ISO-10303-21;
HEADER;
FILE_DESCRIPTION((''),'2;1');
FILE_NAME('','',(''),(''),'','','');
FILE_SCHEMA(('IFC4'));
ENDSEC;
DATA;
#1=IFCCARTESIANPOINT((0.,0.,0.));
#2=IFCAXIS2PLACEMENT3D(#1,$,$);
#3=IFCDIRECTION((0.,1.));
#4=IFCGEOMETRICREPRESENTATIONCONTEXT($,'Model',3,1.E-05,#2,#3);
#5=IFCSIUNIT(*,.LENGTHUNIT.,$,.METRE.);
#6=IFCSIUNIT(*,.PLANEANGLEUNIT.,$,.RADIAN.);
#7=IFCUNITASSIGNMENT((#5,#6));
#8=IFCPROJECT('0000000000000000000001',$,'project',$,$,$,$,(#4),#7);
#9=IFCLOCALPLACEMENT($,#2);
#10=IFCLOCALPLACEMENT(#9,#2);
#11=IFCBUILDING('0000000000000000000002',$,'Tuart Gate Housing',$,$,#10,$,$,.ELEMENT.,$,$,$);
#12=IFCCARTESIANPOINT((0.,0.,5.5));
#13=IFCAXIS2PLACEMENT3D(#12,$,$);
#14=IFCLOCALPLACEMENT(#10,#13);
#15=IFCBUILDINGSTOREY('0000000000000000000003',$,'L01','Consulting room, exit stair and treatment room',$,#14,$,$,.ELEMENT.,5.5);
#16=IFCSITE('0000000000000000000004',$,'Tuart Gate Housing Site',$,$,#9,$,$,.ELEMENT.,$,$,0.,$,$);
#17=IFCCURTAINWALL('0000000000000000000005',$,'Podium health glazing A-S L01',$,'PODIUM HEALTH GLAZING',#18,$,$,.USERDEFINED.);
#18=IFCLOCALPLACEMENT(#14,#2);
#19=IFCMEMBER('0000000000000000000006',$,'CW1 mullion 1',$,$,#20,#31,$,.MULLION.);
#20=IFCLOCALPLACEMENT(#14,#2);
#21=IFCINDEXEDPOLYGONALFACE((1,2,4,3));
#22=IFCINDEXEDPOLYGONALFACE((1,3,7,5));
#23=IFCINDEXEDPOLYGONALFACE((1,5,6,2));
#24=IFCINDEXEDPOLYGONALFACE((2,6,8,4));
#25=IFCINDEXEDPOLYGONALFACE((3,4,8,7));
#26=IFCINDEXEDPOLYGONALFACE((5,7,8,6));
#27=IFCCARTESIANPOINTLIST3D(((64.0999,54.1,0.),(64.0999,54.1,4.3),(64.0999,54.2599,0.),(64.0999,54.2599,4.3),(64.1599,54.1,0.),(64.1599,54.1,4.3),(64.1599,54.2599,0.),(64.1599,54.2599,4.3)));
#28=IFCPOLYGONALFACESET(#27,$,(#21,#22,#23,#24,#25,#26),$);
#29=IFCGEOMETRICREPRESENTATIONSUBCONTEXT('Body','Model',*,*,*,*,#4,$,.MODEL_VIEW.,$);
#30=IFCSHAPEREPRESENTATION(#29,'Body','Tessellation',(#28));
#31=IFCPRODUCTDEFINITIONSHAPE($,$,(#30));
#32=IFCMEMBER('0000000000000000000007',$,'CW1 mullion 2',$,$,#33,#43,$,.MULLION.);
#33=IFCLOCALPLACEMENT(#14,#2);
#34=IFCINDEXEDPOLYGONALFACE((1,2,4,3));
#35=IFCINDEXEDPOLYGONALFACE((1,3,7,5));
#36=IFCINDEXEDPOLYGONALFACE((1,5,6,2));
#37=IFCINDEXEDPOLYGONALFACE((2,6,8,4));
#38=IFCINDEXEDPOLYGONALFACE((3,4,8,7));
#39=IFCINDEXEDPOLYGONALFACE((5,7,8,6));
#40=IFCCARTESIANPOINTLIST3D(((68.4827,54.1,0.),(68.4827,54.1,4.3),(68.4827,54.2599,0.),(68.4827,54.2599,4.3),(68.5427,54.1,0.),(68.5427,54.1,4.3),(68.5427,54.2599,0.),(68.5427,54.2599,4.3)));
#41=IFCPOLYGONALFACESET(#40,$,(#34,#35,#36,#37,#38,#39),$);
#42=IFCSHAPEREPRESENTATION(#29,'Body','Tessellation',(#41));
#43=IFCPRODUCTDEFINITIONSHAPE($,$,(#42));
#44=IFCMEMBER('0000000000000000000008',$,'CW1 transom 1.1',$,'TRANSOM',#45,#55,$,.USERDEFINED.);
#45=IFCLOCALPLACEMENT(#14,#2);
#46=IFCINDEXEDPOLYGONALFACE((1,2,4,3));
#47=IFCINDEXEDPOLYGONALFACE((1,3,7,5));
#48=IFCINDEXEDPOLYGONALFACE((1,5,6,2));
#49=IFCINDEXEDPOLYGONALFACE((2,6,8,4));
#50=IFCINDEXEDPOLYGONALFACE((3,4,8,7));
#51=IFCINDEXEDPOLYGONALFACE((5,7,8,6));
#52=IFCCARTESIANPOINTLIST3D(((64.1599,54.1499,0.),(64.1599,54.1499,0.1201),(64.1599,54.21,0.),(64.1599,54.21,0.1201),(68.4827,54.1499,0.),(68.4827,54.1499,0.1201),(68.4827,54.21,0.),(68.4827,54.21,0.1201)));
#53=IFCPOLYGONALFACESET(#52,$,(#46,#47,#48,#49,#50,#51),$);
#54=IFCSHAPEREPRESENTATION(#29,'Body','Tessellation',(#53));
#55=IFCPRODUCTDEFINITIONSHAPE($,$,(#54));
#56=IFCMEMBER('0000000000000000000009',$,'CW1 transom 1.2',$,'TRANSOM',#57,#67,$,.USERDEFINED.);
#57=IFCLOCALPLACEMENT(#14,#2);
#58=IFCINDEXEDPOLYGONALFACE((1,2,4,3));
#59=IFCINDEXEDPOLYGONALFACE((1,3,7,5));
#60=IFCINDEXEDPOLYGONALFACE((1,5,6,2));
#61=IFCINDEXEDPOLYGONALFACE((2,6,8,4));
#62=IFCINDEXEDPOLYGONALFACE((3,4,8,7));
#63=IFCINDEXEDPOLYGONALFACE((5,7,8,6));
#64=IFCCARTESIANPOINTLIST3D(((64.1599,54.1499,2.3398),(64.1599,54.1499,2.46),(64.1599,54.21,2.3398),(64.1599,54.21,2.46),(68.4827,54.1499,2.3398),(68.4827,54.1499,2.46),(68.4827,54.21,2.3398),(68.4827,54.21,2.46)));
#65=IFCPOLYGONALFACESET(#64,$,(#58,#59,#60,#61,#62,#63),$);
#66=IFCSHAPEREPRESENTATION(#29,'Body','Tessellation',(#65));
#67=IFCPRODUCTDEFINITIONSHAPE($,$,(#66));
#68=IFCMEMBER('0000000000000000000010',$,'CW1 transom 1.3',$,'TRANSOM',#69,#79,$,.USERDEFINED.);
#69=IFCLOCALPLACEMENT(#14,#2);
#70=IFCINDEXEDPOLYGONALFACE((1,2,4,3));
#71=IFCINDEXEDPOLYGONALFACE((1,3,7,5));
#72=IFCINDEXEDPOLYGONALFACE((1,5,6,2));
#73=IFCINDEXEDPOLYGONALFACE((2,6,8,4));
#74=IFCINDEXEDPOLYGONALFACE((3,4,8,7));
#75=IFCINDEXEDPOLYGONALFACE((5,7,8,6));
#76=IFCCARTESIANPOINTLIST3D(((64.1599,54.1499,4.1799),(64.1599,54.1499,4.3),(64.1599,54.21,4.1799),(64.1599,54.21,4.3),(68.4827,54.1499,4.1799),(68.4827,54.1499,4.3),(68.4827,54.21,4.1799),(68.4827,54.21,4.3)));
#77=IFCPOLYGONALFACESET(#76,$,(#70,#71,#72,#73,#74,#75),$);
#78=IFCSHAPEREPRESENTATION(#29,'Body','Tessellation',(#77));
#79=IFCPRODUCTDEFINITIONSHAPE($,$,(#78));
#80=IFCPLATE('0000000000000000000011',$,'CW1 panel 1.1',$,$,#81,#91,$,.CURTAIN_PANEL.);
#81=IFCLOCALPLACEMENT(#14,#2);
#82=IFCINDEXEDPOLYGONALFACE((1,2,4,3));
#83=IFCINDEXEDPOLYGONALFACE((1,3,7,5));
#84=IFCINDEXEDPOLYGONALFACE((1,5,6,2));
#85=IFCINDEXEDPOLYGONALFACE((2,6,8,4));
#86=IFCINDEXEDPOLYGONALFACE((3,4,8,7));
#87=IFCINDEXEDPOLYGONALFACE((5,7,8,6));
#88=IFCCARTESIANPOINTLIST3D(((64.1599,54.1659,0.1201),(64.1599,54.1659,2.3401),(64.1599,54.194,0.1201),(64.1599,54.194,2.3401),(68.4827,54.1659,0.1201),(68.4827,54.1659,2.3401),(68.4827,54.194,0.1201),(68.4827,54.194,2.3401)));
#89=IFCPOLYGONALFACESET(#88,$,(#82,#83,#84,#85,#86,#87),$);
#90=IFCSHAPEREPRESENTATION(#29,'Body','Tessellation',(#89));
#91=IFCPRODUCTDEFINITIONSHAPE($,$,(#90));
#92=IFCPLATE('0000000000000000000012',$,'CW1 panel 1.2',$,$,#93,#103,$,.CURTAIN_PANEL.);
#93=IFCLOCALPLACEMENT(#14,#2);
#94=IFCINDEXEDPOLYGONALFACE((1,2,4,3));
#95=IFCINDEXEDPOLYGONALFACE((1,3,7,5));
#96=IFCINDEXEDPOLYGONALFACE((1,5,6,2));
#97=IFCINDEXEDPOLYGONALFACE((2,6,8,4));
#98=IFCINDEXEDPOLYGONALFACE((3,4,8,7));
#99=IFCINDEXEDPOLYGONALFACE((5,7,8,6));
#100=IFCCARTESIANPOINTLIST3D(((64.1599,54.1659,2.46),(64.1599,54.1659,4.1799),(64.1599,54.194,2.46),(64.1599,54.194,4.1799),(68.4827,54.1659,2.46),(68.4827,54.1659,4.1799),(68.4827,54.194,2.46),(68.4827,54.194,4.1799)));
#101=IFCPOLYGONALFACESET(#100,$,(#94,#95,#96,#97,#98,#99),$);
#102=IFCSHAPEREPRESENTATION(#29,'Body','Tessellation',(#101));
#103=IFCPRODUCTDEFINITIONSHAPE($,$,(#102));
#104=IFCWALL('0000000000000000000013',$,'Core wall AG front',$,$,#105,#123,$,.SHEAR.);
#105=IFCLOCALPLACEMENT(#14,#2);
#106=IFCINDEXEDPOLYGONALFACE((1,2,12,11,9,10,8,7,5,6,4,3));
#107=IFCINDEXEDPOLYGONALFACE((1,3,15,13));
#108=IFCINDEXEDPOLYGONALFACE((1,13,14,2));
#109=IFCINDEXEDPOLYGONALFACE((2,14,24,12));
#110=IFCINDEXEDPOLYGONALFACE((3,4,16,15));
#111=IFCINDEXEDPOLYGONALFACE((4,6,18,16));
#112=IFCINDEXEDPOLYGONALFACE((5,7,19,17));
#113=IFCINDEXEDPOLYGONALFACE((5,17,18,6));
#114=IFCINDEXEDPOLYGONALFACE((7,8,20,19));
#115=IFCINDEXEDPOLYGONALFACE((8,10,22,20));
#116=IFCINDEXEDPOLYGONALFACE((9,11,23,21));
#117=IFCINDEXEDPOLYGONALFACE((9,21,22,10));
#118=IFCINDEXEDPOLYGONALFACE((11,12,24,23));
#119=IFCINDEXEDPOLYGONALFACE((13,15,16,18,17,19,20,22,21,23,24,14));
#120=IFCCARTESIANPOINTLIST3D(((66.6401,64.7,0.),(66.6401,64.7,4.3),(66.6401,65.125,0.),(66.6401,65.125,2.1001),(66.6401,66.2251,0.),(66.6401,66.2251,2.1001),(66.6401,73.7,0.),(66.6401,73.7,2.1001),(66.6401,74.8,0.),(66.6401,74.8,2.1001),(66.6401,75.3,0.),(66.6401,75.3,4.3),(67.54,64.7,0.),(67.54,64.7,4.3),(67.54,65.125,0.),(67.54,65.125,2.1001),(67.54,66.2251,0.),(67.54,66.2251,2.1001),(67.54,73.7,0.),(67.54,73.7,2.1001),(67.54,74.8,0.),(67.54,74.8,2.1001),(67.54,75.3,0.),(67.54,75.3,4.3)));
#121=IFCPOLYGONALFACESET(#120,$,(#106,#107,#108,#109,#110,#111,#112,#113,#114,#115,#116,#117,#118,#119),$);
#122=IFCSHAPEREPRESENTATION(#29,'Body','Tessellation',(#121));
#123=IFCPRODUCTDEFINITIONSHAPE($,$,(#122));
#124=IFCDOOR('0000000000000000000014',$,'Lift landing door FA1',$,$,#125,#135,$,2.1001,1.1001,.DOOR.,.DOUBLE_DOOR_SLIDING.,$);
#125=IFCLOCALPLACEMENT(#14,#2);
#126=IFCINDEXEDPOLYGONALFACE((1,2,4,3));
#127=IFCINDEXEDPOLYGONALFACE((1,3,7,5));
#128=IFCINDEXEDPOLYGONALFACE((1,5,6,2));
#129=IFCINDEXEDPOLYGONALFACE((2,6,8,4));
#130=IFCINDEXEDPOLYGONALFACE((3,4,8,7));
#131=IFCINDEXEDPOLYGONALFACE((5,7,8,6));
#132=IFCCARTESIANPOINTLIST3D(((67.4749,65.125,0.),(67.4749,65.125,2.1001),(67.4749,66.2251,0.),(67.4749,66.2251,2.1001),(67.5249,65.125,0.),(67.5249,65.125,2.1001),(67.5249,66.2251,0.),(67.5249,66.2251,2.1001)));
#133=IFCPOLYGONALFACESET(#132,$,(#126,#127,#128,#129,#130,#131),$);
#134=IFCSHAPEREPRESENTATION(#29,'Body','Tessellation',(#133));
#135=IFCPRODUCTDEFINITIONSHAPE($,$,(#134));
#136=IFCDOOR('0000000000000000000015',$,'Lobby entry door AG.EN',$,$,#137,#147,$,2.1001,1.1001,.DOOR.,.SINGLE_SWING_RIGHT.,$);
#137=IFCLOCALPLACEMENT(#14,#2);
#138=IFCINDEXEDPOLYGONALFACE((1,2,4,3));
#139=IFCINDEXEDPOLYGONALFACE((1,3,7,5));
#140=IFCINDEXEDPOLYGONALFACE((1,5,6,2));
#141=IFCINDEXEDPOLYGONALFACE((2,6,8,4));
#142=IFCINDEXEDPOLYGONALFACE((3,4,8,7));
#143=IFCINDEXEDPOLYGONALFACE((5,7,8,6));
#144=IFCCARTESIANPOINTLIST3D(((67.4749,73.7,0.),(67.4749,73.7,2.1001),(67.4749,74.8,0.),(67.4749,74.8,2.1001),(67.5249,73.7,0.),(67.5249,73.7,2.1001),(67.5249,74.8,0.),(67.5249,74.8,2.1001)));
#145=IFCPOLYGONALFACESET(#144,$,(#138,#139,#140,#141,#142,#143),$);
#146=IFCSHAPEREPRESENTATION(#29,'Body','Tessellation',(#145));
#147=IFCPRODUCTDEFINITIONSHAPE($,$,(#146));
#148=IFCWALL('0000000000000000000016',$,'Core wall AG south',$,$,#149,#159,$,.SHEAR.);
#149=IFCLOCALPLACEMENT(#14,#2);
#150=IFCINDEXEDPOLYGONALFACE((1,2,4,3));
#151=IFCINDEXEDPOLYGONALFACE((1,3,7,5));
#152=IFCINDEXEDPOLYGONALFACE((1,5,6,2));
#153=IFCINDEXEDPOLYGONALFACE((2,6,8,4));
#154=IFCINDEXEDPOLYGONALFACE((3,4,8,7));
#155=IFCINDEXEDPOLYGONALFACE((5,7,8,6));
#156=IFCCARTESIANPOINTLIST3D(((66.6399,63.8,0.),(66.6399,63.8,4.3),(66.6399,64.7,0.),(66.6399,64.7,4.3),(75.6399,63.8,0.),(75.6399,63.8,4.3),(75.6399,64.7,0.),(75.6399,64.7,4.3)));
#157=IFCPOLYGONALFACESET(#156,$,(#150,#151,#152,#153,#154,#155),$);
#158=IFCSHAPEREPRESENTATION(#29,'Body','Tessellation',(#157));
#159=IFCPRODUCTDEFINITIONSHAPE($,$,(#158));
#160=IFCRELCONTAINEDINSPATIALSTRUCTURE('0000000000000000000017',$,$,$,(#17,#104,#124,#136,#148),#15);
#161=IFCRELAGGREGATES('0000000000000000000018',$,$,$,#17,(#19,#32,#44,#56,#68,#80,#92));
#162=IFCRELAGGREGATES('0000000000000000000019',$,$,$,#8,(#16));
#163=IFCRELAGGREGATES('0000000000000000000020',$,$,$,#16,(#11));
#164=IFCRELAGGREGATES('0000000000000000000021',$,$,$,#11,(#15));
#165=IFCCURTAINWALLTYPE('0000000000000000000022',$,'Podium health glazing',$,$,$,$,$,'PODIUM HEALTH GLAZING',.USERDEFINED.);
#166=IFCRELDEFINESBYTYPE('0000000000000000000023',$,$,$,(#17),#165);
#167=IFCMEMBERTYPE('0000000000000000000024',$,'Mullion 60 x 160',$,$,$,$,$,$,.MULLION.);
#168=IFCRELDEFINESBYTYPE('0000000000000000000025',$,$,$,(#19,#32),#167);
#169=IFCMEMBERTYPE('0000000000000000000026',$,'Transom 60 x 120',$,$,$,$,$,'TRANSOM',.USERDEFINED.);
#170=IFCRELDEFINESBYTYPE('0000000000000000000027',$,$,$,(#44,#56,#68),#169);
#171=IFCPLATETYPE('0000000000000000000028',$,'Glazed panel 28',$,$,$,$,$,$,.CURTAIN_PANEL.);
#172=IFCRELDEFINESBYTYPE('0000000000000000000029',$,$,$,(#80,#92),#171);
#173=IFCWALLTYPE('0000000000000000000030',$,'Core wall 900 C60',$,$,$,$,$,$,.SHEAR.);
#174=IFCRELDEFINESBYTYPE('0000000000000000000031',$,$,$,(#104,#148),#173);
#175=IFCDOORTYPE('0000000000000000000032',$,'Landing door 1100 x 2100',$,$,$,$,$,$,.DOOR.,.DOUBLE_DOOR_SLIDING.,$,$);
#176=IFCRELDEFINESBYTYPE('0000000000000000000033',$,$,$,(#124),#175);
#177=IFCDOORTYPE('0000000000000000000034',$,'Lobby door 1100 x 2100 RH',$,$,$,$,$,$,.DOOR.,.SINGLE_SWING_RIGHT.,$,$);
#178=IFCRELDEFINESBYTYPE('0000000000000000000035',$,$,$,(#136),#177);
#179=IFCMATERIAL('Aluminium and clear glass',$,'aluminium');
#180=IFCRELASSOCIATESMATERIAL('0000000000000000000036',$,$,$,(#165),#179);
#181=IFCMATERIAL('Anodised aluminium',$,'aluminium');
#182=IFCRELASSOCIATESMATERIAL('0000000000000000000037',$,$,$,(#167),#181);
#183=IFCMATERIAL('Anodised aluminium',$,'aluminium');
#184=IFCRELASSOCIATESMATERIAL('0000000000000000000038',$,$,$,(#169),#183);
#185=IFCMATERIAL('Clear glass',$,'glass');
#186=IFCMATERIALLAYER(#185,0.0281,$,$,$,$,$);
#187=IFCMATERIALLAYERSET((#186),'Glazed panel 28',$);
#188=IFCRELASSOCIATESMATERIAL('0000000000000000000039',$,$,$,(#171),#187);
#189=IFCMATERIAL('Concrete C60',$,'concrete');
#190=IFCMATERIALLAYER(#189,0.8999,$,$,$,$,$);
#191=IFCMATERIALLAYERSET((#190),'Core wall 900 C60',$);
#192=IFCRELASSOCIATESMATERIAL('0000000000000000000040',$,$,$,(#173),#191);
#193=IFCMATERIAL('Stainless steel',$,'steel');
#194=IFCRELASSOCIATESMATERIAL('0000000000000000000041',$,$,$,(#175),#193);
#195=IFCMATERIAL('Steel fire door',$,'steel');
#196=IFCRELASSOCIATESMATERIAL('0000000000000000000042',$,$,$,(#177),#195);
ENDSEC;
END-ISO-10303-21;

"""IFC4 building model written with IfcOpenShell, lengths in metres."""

from ifc_helpers import new_model, si_unit, direction, frame, frame_2d, origin, origin_2d, place, context, subcontext, project, spatial, rectangle, extrude, material, layer, layer_set, material_profile, profile_set, type_object, element, fill, aggregate, save


model = new_model("IFC4")

# Units and contexts
model_context = context("Model", 3, precision=1e-05, world=origin(), true_north=direction((0.0, 1.0)))
body_context = subcontext(model_context, "Body", "Model", "MODEL_VIEW")
ifc_project = project(units=[si_unit("LENGTHUNIT", "METRE"), si_unit("PLANEANGLEUNIT", "RADIAN")], contexts=[model_context])

# Site, building, storey
site_placement = place(None, origin())
site = spatial("IfcSite", under=ifc_project, at=site_placement, Name="Tuart Gate Housing Site", CompositionType="ELEMENT", RefElevation=0.0)
building_placement = place(site_placement, origin())
building = spatial("IfcBuilding", under=site, at=building_placement, Name="Tuart Gate Housing", CompositionType="ELEMENT")
storey_placement = place(building_placement, frame((0.0, 0.0, 5.5)))
storey = spatial("IfcBuildingStorey", under=building, at=storey_placement, Name="L01", Description="Consulting room, exit stair and treatment room", CompositionType="ELEMENT", Elevation=5.5)

# Curtain wall, members, plates
ifc_material_1 = material(Name="Aluminium and clear glass", Category="aluminium")
curtain_wall_type = type_object("IfcCurtainWallType", Name="Podium health glazing", ElementType="PODIUM HEALTH GLAZING", PredefinedType="USERDEFINED", material=ifc_material_1)
curtain_wall_placement = place(storey_placement, origin())
curtain_wall = element("IfcCurtainWall", 1, at=curtain_wall_placement, inside=storey, type_object=curtain_wall_type, Name="Podium health glazing A-S L01", ObjectType="PODIUM HEALTH GLAZING", PredefinedType="USERDEFINED")
ifc_material_2 = material(Name="Anodised aluminium", Category="aluminium")
ifc_material_profile_1 = material_profile(ifc_material_2, rectangle(XDim=0.0601, YDim=0.1599, at=origin_2d()), Name="60x160")
ifc_profile_set_1 = profile_set([ifc_material_profile_1], Name="Anodised aluminium")
member_type_1 = type_object("IfcMemberType", Name="Mullion 60 x 160", PredefinedType="MULLION", material=ifc_profile_set_1)
member_1_placement = place(storey_placement, frame((64.1299, 54.1799, 0.0), z_axis=(0.0, 0.0, 1.0), x_axis=(1.0, 0.0, 0.0)))
member_1 = element("IfcMember", 2, at=member_1_placement, type_object=member_type_1, Name="CW1 mullion 1", PredefinedType="MULLION", context=body_context, shape_type="SweptSolid", body=[
    extrude(rectangle(XDim=0.0601, YDim=0.1599, at=origin_2d()), origin(), (0.0, 0.0, 1.0), 4.3),
])
member_2_placement = place(storey_placement, frame((68.5127, 54.1799, 0.0), z_axis=(0.0, 0.0, 1.0), x_axis=(1.0, 0.0, 0.0)))
member_2 = element("IfcMember", 3, at=member_2_placement, type_object=member_type_1, Name="CW1 mullion 2", PredefinedType="MULLION", context=body_context, shape_type="SweptSolid", body=[
    extrude(rectangle(XDim=0.0601, YDim=0.1599, at=origin_2d()), origin(), (0.0, 0.0, 1.0), 4.3),
])
ifc_material_3 = material(Name="Anodised aluminium", Category="aluminium")
ifc_material_profile_2 = material_profile(ifc_material_3, rectangle(XDim=0.0601, YDim=0.1201, at=origin_2d()), Name="60x120")
ifc_profile_set_2 = profile_set([ifc_material_profile_2], Name="Anodised aluminium")
member_type_2 = type_object("IfcMemberType", Name="Transom 60 x 120", ElementType="TRANSOM", PredefinedType="USERDEFINED", material=ifc_profile_set_2)
member_3_placement = place(storey_placement, frame((64.1599, 54.1799, 0.0601), z_axis=(1.0, 0.0, 0.0), x_axis=(0.0, 1.0, 0.0)))
member_3 = element("IfcMember", 4, at=member_3_placement, type_object=member_type_2, Name="CW1 transom 1.1", ObjectType="TRANSOM", PredefinedType="USERDEFINED", context=body_context, shape_type="SweptSolid", body=[
    extrude(rectangle(XDim=0.0601, YDim=0.1201, at=origin_2d()), origin(), (0.0, 0.0, 1.0), 4.3228),
])
member_4_placement = place(storey_placement, frame((64.1599, 54.1799, 2.3999), z_axis=(1.0, 0.0, 0.0), x_axis=(0.0, 1.0, 0.0)))
member_4 = element("IfcMember", 5, at=member_4_placement, type_object=member_type_2, Name="CW1 transom 1.2", ObjectType="TRANSOM", PredefinedType="USERDEFINED", context=body_context, shape_type="SweptSolid", body=[
    extrude(rectangle(XDim=0.0601, YDim=0.1201, at=origin_2d()), origin(), (0.0, 0.0, 1.0), 4.3228),
])
member_5_placement = place(storey_placement, frame((64.1599, 54.1799, 4.24), z_axis=(1.0, 0.0, 0.0), x_axis=(0.0, 1.0, 0.0)))
member_5 = element("IfcMember", 6, at=member_5_placement, type_object=member_type_2, Name="CW1 transom 1.3", ObjectType="TRANSOM", PredefinedType="USERDEFINED", context=body_context, shape_type="SweptSolid", body=[
    extrude(rectangle(XDim=0.0601, YDim=0.1201, at=origin_2d()), origin(), (0.0, 0.0, 1.0), 4.3228),
])
ifc_material_4 = material(Name="Clear glass", Category="glass")
ifc_layer_1 = layer(ifc_material_4, 0.0281)
ifc_layer_set_1 = layer_set([ifc_layer_1], Name="Glazed panel 28")
plate_type = type_object("IfcPlateType", Name="Glazed panel 28", PredefinedType="CURTAIN_PANEL", material=ifc_layer_set_1)
plate_1_placement = place(storey_placement, frame((66.3213, 54.1799, 0.1201), z_axis=(0.0, 0.0, 1.0), x_axis=(1.0, 0.0, 0.0)))
plate_1 = element("IfcPlate", 7, at=plate_1_placement, type_object=plate_type, Name="CW1 panel 1.1", PredefinedType="CURTAIN_PANEL", context=body_context, shape_type="SweptSolid", body=[
    extrude(rectangle(XDim=4.3228, YDim=0.0281, at=origin_2d()), origin(), (0.0, 0.0, 1.0), 2.22),
])
plate_2_placement = place(storey_placement, frame((66.3213, 54.1799, 2.46), z_axis=(0.0, 0.0, 1.0), x_axis=(1.0, 0.0, 0.0)))
plate_2 = element("IfcPlate", 8, at=plate_2_placement, type_object=plate_type, Name="CW1 panel 1.2", PredefinedType="CURTAIN_PANEL", context=body_context, shape_type="SweptSolid", body=[
    extrude(rectangle(XDim=4.3228, YDim=0.0281, at=origin_2d()), origin(), (0.0, 0.0, 1.0), 1.72),
])
aggregate(curtain_wall, [member_1, member_2, member_3, member_4, member_5, plate_1, plate_2])

# Wall, openings, doors
ifc_material_5 = material(Name="Concrete C60", Category="concrete")
ifc_layer_2 = layer(ifc_material_5, 0.8999)
ifc_layer_set_2 = layer_set([ifc_layer_2], Name="Core wall 900 C60")
wall_type_1 = type_object("IfcWallType", Name="Core wall 900 C60", PredefinedType="SHEAR", material=ifc_layer_set_2)
wall_1_placement = place(storey_placement, frame((67.0901, 64.7, 0.0), z_axis=(0.0, 0.0, 1.0), x_axis=(0.0, 1.0, 0.0)))
wall_1 = element("IfcWall", 9, at=wall_1_placement, inside=storey, type_object=wall_type_1, Name="Core wall AG front", PredefinedType="SHEAR", context=body_context, shape_type="SweptSolid", body=[
    extrude(rectangle(XDim=10.6001, YDim=0.8999, at=frame_2d((5.3, 0.0))), origin(), (0.0, 0.0, 1.0), 4.3),
])
opening_1_placement = place(wall_1_placement, frame((0.425, 0.0, 0.0)))
opening_1 = element("IfcOpeningElement", 10, at=opening_1_placement, cuts=wall_1, PredefinedType="OPENING", context=body_context, shape_type="SweptSolid", body=[
    extrude(rectangle(XDim=1.1001, YDim=2.1001, at=frame_2d((0.55, 1.05))), frame((0.0, 0.46, 0.0), z_axis=(0.0, -1.0, 0.0), x_axis=(1.0, 0.0, 0.0)), (0.0, 0.0, 1.0), 0.9199),
])
opening_2_placement = place(wall_1_placement, frame((9.0, 0.0, 0.0)))
opening_2 = element("IfcOpeningElement", 11, at=opening_2_placement, cuts=wall_1, PredefinedType="OPENING", context=body_context, shape_type="SweptSolid", body=[
    extrude(rectangle(XDim=1.1001, YDim=2.1001, at=frame_2d((0.55, 1.05))), frame((0.0, 0.46, 0.0), z_axis=(0.0, -1.0, 0.0), x_axis=(1.0, 0.0, 0.0)), (0.0, 0.0, 1.0), 0.9199),
])
ifc_material_6 = material(Name="Stainless steel", Category="steel")
door_type_1 = type_object("IfcDoorType", Name="Landing door 1100 x 2100", OperationType="DOUBLE_DOOR_SLIDING", PredefinedType="DOOR", material=ifc_material_6)
door_1_placement = place(opening_1_placement, origin())
door_1 = element("IfcDoor", 12, at=door_1_placement, inside=storey, type_object=door_type_1, Name="Lift landing door FA1", OperationType="DOUBLE_DOOR_SLIDING", OverallHeight=2.1001, OverallWidth=1.1001, PredefinedType="DOOR", context=body_context, shape_type="SweptSolid", body=[
    extrude(rectangle(XDim=1.1001, YDim=2.1001, at=frame_2d((0.55, 1.05))), frame((0.0, -0.3848, 0.0), z_axis=(0.0, -1.0, 0.0), x_axis=(1.0, 0.0, 0.0)), (0.0, 0.0, 1.0), 0.05),
])
fill(opening_1, door_1)
ifc_material_7 = material(Name="Steel fire door", Category="steel")
door_type_2 = type_object("IfcDoorType", Name="Lobby door 1100 x 2100 RH", OperationType="SINGLE_SWING_RIGHT", PredefinedType="DOOR", material=ifc_material_7)
door_2_placement = place(opening_2_placement, frame((1.1001, 0.0, 0.0), z_axis=(0.0, 0.0, 1.0), x_axis=(-1.0, 0.0, 0.0)))
door_2 = element("IfcDoor", 13, at=door_2_placement, inside=storey, type_object=door_type_2, Name="Lobby entry door AG.EN", OperationType="SINGLE_SWING_RIGHT", OverallHeight=2.1001, OverallWidth=1.1001, PredefinedType="DOOR", context=body_context, shape_type="SweptSolid", body=[
    extrude(rectangle(XDim=1.1001, YDim=2.1001, at=frame_2d((0.55, 1.05))), frame((0.0, 0.4348, 0.0), z_axis=(0.0, -1.0, 0.0), x_axis=(1.0, 0.0, 0.0)), (0.0, 0.0, 1.0), 0.05),
])
fill(opening_2, door_2)

# Wall
wall_2_placement = place(storey_placement, frame((66.6399, 64.25, 0.0), z_axis=(0.0, 0.0, 1.0), x_axis=(1.0, 0.0, 0.0)))
element("IfcWall", 14, at=wall_2_placement, inside=storey, type_object=wall_type_1, Name="Core wall AG south", PredefinedType="SHEAR", context=body_context, shape_type="SweptSolid", body=[
    extrude(rectangle(XDim=9.0, YDim=0.8999, at=frame_2d((4.5, 0.0))), origin(), (0.0, 0.0, 1.0), 4.3),
])

save(model, "model.ifc")
